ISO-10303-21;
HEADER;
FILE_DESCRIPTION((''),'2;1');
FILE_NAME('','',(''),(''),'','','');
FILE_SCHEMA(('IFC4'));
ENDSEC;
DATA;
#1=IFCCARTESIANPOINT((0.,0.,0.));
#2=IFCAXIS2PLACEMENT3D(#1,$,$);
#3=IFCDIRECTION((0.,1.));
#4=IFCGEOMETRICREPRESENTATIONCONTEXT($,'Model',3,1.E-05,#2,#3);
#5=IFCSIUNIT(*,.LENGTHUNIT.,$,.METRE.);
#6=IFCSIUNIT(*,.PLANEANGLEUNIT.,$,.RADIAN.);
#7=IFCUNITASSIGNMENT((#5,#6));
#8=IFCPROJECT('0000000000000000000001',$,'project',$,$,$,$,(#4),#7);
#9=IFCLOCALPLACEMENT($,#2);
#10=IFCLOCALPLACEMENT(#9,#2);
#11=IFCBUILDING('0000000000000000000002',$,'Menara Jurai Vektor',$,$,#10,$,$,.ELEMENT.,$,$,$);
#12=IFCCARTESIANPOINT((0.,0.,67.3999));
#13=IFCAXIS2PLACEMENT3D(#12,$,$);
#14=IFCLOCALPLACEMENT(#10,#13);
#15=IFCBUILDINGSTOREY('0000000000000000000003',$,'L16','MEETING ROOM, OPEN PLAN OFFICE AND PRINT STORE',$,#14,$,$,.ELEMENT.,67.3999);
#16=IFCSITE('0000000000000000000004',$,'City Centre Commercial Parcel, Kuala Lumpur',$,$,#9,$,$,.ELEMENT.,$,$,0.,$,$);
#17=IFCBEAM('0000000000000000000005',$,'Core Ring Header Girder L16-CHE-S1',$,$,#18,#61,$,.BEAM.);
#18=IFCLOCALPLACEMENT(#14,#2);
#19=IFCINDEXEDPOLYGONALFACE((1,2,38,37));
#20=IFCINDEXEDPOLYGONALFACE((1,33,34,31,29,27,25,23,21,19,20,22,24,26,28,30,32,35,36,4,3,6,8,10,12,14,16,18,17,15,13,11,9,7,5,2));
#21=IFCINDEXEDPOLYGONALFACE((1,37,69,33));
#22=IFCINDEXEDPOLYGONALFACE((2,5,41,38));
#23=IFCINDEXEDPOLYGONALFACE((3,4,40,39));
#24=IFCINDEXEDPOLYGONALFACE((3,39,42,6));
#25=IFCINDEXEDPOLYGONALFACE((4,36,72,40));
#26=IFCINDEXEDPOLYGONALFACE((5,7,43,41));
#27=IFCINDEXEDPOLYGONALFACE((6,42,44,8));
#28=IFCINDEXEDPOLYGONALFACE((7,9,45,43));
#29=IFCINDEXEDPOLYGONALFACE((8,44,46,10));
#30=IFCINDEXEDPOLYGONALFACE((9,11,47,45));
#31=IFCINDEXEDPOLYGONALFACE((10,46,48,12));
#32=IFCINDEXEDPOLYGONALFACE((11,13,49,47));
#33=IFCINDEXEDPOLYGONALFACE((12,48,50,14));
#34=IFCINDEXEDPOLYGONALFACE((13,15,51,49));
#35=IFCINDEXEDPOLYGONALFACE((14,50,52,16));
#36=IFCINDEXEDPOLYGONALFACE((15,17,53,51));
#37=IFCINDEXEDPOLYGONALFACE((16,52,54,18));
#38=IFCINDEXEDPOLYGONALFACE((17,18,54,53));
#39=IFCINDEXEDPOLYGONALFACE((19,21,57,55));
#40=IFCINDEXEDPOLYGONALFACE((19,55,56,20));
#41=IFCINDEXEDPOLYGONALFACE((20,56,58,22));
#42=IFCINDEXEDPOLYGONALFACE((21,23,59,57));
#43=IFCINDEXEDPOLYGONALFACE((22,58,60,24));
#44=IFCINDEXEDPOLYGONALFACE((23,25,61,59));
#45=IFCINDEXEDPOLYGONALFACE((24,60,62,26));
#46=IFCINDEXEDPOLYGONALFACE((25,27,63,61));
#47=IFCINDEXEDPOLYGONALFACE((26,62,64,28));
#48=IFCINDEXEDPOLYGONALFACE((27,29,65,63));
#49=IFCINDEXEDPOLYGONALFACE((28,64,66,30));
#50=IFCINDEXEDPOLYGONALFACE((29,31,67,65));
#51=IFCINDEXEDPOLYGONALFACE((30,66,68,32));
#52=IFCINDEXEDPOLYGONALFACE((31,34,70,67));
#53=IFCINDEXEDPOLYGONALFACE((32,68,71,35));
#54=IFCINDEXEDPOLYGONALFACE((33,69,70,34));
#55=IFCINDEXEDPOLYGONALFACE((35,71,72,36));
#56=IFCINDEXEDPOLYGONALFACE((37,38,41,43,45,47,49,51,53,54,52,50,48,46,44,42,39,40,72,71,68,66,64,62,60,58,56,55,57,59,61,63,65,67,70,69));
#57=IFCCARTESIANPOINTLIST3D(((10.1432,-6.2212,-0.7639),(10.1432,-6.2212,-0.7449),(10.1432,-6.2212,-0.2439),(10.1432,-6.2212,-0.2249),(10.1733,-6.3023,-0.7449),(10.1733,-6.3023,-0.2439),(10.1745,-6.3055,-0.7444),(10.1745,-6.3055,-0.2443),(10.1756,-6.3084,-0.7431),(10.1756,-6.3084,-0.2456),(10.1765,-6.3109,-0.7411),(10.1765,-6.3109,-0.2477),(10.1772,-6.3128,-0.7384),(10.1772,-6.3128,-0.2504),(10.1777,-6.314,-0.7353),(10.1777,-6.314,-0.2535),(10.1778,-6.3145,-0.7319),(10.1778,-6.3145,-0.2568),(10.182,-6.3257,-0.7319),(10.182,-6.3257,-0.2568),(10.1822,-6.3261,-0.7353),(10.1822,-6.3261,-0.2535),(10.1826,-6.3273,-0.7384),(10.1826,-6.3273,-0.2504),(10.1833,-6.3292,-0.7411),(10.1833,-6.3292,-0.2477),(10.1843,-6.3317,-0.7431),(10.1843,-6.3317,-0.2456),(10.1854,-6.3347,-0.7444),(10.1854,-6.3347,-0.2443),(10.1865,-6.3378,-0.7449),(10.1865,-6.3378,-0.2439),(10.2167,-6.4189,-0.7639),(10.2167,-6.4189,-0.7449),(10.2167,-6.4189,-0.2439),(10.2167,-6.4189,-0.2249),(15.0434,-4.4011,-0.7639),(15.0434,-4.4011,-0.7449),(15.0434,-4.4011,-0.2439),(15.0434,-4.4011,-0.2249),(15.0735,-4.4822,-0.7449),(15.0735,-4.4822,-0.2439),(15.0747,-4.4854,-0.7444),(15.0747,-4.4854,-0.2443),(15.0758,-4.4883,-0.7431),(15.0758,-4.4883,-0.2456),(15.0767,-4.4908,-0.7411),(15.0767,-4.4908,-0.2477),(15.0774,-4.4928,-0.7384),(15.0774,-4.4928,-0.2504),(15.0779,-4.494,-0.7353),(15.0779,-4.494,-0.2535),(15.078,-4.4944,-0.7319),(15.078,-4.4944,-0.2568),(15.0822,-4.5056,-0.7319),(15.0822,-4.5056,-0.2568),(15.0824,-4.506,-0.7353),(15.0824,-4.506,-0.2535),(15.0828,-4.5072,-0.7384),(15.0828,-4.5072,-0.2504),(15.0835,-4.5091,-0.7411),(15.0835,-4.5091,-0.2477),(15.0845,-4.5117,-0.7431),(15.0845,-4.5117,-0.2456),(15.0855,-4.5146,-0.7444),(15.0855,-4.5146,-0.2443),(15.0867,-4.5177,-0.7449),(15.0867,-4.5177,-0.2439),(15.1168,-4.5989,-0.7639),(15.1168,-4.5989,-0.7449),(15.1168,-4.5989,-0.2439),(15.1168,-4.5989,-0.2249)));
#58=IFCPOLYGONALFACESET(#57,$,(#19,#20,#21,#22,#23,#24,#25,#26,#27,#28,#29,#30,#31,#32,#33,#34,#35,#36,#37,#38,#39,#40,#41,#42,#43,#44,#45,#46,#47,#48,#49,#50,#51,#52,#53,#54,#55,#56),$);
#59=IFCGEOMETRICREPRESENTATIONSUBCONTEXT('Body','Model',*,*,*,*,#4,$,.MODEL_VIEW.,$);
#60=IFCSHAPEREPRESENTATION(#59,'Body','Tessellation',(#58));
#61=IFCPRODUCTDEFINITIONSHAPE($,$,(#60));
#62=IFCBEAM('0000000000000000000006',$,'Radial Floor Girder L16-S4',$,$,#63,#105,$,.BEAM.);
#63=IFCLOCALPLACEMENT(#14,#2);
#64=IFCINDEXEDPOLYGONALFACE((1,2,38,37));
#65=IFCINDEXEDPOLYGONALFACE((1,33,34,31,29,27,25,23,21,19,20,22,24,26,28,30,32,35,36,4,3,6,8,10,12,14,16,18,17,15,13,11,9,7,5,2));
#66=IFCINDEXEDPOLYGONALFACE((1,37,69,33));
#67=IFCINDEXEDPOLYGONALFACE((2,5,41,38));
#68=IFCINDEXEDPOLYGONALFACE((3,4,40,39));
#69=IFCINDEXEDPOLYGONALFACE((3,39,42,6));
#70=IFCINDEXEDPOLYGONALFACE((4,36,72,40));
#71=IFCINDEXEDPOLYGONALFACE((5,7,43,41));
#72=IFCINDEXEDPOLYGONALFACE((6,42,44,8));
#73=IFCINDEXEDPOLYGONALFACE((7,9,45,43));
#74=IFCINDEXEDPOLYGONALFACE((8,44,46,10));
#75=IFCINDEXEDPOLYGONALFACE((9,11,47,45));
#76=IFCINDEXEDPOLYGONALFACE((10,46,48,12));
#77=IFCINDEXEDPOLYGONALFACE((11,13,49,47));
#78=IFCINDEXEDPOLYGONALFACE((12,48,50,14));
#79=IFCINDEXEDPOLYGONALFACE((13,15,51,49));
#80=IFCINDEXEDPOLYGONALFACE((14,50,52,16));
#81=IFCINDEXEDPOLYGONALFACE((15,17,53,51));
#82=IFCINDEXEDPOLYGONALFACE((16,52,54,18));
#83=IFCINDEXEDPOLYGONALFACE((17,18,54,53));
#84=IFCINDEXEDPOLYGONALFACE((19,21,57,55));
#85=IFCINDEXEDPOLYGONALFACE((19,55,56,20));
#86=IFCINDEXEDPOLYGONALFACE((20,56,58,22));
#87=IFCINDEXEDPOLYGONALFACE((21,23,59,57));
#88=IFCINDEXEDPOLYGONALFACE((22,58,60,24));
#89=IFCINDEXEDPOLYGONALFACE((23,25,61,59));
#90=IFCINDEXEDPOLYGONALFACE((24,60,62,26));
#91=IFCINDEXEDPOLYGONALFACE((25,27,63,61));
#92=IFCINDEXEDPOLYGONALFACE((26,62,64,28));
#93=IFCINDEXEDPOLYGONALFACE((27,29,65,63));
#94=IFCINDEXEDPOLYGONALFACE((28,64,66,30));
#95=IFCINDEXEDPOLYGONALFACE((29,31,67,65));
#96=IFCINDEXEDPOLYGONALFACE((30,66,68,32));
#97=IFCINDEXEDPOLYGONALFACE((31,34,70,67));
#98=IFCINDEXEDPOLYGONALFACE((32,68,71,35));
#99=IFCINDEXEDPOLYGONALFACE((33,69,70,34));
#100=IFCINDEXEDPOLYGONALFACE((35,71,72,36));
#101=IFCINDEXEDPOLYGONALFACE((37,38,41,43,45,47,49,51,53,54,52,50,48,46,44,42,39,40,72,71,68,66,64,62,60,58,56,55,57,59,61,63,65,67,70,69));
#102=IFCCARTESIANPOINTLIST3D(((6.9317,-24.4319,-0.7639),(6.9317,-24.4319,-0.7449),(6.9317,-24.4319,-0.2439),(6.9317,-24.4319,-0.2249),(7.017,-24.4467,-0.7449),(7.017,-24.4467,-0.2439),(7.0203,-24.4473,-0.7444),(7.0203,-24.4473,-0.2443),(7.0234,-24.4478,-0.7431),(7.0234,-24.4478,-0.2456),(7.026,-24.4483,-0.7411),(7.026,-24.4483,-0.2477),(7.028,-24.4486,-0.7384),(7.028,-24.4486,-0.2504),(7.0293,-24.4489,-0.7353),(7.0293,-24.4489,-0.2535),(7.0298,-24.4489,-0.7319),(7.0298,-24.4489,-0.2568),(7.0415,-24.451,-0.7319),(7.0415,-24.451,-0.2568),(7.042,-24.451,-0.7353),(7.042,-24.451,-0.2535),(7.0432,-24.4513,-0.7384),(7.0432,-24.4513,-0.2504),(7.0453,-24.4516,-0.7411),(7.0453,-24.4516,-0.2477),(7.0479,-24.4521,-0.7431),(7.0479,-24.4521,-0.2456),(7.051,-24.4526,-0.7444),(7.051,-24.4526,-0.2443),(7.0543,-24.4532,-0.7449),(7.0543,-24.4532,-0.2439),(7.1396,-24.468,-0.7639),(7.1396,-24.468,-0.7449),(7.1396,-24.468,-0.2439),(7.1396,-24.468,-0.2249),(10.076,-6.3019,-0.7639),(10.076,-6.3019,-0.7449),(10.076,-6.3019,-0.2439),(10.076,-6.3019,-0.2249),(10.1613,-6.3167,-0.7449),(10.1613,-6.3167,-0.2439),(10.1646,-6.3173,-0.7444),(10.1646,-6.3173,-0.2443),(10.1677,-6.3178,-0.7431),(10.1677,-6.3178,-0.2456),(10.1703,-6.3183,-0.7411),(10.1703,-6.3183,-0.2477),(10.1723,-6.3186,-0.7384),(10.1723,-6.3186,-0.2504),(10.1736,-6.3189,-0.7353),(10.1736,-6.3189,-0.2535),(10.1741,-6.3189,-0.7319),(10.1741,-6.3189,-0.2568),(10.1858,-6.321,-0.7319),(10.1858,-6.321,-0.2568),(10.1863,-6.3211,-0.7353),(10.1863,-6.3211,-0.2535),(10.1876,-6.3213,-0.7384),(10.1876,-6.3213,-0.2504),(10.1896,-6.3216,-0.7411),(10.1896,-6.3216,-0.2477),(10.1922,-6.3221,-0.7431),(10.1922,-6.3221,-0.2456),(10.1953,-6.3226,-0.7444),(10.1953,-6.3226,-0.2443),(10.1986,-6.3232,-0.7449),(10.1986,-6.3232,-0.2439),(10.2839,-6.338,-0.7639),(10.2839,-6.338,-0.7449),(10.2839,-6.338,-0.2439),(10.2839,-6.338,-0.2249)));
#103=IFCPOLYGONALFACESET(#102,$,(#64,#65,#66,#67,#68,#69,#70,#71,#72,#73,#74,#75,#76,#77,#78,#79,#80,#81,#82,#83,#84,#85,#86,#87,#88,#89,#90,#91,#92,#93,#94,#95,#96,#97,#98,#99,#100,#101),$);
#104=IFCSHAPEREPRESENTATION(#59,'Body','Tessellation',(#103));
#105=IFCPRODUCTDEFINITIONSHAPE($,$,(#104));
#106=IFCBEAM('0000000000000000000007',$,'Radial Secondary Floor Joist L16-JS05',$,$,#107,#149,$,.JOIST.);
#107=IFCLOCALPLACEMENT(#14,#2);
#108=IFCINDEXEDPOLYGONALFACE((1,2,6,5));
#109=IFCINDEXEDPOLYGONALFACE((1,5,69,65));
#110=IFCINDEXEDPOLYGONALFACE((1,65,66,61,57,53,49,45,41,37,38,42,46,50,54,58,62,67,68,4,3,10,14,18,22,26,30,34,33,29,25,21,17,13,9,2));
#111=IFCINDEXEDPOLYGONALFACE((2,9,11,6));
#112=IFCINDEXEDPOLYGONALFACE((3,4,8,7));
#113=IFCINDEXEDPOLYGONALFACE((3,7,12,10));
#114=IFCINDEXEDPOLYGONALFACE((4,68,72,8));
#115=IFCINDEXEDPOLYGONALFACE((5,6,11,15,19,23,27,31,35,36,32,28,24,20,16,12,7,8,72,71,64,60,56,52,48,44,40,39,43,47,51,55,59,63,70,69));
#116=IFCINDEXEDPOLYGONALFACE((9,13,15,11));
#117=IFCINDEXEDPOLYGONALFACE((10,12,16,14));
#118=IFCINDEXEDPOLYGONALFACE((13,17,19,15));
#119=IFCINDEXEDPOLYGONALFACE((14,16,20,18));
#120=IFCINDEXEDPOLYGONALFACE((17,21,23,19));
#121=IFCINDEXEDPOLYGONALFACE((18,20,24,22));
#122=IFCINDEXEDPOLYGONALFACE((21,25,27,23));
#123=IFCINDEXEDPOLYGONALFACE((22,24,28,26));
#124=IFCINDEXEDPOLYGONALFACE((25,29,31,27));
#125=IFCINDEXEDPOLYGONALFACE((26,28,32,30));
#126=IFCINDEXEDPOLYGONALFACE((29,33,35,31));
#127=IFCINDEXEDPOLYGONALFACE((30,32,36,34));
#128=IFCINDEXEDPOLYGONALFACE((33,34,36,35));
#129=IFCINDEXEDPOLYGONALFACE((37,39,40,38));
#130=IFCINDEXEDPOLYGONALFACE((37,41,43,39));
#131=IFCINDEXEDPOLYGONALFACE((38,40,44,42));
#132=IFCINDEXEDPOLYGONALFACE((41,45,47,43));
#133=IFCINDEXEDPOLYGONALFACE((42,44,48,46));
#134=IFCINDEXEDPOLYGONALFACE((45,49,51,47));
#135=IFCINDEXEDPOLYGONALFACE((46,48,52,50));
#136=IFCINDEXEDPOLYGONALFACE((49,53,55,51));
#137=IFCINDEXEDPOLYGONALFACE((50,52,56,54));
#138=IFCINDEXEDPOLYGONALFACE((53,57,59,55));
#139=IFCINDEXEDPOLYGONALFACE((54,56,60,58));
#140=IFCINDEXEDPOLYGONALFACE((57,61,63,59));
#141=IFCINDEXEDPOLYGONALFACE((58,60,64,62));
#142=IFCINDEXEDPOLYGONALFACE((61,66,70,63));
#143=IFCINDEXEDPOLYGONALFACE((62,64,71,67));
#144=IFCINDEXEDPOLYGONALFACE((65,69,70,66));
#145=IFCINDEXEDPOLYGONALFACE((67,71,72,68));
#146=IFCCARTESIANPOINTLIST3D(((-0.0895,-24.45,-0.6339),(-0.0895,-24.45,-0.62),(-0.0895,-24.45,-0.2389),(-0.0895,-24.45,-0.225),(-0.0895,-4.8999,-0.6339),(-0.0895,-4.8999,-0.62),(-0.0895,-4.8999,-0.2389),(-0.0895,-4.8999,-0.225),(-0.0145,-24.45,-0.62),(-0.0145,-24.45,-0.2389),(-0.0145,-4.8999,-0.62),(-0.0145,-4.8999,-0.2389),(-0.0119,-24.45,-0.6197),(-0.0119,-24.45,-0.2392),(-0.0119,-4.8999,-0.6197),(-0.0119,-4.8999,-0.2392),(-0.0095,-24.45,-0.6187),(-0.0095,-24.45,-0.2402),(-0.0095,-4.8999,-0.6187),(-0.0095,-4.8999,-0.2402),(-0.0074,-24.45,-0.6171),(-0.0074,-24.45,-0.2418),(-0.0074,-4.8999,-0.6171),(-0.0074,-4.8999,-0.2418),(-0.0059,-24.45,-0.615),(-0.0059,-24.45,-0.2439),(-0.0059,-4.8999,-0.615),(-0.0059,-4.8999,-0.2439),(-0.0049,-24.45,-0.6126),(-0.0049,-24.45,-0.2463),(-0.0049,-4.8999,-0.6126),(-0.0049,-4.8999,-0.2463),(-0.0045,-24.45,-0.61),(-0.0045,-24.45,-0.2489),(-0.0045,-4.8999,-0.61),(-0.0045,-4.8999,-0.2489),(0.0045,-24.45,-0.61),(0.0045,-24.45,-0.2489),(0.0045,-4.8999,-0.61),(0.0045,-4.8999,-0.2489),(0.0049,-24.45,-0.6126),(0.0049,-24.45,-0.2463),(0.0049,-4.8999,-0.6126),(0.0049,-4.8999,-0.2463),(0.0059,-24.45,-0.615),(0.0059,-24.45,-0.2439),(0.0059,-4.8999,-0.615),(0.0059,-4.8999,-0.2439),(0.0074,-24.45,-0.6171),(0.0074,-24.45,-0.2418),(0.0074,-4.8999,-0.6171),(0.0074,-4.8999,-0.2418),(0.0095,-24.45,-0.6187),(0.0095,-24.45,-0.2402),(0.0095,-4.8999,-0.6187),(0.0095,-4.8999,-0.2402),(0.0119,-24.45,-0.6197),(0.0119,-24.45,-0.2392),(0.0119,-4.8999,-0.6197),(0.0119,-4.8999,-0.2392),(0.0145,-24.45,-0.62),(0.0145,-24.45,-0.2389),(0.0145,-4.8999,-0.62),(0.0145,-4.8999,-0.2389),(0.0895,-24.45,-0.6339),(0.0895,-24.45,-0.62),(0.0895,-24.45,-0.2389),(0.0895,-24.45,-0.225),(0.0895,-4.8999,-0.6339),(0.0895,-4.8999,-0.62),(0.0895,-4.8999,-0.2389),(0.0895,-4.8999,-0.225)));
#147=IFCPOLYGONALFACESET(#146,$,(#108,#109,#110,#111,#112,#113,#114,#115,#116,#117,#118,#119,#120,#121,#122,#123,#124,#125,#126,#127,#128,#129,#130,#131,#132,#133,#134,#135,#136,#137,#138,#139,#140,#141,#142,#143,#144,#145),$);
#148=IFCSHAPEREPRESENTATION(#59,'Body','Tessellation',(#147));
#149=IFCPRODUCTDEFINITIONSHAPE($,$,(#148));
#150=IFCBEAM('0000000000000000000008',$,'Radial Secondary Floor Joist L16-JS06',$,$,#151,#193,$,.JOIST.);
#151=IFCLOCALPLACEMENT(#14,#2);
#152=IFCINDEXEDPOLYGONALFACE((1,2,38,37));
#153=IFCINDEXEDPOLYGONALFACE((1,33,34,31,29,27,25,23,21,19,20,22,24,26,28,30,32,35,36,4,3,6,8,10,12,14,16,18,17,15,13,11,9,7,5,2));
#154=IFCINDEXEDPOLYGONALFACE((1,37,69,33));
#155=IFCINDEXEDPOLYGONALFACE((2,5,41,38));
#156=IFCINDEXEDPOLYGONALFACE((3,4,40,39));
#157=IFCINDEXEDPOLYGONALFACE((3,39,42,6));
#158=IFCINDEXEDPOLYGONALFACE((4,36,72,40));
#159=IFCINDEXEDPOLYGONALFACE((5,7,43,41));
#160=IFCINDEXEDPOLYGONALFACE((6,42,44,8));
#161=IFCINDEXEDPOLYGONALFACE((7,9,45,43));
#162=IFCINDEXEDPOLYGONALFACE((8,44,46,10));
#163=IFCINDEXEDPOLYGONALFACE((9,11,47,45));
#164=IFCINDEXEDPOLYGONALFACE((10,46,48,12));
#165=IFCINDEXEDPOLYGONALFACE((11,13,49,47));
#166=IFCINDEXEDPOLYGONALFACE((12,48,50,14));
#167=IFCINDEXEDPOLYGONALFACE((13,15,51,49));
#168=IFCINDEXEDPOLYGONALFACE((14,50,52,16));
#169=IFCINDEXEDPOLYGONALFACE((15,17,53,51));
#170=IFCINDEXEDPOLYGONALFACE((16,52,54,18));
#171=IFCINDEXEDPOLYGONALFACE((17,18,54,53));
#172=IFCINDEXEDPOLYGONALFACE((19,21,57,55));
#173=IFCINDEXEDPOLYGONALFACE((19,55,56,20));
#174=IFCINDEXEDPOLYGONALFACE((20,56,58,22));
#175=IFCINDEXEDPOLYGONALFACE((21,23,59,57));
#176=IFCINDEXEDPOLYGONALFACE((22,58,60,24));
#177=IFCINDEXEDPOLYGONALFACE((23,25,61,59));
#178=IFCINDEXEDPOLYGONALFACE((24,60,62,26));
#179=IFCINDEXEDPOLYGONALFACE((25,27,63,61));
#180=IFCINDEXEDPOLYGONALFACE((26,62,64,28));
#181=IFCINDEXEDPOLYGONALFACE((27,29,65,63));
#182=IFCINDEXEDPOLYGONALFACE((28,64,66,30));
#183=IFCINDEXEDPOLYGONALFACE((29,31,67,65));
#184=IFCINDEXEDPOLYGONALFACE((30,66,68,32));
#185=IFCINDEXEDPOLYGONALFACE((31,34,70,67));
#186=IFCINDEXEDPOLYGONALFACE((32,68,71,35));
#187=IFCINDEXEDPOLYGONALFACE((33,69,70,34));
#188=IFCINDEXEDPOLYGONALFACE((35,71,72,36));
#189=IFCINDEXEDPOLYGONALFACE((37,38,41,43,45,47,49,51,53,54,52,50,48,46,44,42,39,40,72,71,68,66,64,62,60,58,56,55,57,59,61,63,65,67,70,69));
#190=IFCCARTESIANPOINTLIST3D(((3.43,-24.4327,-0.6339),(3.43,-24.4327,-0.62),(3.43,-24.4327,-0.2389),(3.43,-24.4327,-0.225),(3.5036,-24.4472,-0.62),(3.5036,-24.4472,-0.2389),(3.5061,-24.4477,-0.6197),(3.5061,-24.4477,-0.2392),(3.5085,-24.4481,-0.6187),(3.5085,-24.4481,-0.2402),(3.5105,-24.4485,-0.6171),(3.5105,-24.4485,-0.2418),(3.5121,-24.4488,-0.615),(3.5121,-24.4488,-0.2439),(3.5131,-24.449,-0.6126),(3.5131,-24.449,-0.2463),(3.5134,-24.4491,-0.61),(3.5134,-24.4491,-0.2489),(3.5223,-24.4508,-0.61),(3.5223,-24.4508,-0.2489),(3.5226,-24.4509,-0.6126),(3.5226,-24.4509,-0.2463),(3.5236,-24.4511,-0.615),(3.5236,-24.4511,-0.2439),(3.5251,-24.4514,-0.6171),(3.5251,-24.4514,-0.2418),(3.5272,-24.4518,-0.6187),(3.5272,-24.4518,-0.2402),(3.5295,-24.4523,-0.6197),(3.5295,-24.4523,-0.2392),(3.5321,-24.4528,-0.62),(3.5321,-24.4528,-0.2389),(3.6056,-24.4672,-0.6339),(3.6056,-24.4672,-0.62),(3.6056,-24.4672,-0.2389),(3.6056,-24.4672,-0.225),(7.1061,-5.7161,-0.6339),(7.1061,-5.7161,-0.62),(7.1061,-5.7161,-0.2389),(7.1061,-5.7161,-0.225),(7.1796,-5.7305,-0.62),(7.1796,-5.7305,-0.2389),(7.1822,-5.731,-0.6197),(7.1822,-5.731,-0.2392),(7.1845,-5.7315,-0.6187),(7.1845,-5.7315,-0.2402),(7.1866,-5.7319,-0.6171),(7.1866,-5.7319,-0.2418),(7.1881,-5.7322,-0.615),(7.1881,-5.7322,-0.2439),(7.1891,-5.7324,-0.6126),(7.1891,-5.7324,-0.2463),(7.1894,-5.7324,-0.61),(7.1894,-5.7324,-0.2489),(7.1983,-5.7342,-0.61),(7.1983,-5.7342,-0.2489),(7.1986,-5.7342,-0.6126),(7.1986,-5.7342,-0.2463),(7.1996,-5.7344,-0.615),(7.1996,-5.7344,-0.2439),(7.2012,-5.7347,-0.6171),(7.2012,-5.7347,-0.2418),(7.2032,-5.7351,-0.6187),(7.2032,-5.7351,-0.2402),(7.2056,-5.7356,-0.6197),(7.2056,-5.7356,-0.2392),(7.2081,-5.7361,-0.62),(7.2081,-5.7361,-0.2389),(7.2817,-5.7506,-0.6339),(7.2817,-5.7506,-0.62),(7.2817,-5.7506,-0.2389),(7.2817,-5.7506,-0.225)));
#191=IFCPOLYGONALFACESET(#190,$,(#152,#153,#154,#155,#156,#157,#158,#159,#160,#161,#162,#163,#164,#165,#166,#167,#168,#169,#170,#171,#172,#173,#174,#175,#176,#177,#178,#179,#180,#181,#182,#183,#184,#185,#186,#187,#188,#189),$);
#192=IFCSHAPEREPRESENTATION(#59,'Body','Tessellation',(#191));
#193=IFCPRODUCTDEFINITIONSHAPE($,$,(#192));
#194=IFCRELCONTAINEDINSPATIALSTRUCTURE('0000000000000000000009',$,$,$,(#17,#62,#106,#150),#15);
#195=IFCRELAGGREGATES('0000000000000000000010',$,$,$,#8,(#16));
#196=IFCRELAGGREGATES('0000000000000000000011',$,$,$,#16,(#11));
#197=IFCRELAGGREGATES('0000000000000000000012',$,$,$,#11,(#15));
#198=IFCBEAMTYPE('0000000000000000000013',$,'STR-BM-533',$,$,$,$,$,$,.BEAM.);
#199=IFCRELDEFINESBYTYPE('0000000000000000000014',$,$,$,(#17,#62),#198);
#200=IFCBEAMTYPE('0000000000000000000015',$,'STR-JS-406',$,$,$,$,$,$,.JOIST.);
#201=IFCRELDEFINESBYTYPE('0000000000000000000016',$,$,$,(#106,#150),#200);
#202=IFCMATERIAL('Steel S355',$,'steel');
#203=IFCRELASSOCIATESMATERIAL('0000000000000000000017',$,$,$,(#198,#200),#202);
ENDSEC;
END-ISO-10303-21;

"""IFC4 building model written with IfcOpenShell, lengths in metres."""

from ifc_helpers import new_model, si_unit, direction, frame, origin, origin_2d, place, context, subcontext, project, spatial, i_section, extrude, material, material_profile, profile_set, type_object, element, save


model = new_model("IFC4")

# Units and contexts
model_context = context("Model", 3, precision=1e-05, world=origin(), true_north=direction((0.0, 1.0)))
body_context = subcontext(model_context, "Body", "Model", "MODEL_VIEW")
ifc_project = project(units=[si_unit("LENGTHUNIT", "METRE"), si_unit("PLANEANGLEUNIT", "RADIAN")], contexts=[model_context])

# Site, building, storey
site_placement = place(None, origin())
site = spatial("IfcSite", under=ifc_project, at=site_placement, Name="City Centre Commercial Parcel, Kuala Lumpur", CompositionType="ELEMENT", RefElevation=0.0)
building_placement = place(site_placement, origin())
building = spatial("IfcBuilding", under=site, at=building_placement, Name="Menara Jurai Vektor", CompositionType="ELEMENT")
storey_placement = place(building_placement, frame((0.0, 0.0, 67.3999)))
storey = spatial("IfcBuildingStorey", under=building, at=storey_placement, Name="L16", Description="MEETING ROOM, OPEN PLAN OFFICE AND PRINT STORE", CompositionType="ELEMENT", Elevation=67.3999)

# Beams
ifc_material_1 = material(Name="Steel S355", Category="steel")
ifc_material_profile_1 = material_profile(ifc_material_1, i_section(OverallWidth=0.2109, OverallDepth=0.5391, WebThickness=0.012, FlangeThickness=0.019, FilletRadius=0.0129, at=origin_2d()), Name="UKB 533x210x109")
ifc_profile_set_1 = profile_set([ifc_material_profile_1], Name="Steel S355")
beam_type_1 = type_object("IfcBeamType", Name="STR-BM-533", PredefinedType="BEAM", material=ifc_profile_set_1)
beam_1_placement = place(storey_placement, frame((10.1799, -6.3201, -0.4944), z_axis=(0.937424, 0.348189, 0.0), x_axis=(-0.348189, 0.937424, 0.0)))
element("IfcBeam", 1, at=beam_1_placement, inside=storey, type_object=beam_type_1, Name="Core Ring Header Girder L16-CHE-S1", PredefinedType="BEAM", context=body_context, shape_type="SweptSolid", body=[
    extrude(i_section(OverallWidth=0.2109, OverallDepth=0.5391, WebThickness=0.012, FlangeThickness=0.019, FilletRadius=0.0129, at=origin_2d()), origin(), (0.0, 0.0, 1.0), 5.2273),
])
beam_2_placement = place(storey_placement, frame((7.0356, -24.45, -0.4944), z_axis=(0.17088, 0.985292, 0.0), x_axis=(-0.985292, 0.17088, 0.0)))
element("IfcBeam", 2, at=beam_2_placement, inside=storey, type_object=beam_type_1, Name="Radial Floor Girder L16-S4", PredefinedType="BEAM", context=body_context, shape_type="SweptSolid", body=[
    extrude(i_section(OverallWidth=0.2109, OverallDepth=0.5391, WebThickness=0.012, FlangeThickness=0.019, FilletRadius=0.0129, at=origin_2d()), origin(), (0.0, 0.0, 1.0), 18.4006),
])
ifc_material_profile_2 = material_profile(ifc_material_1, i_section(OverallWidth=0.179, OverallDepth=0.4089, WebThickness=0.009, FlangeThickness=0.0139, FilletRadius=0.01, at=origin_2d()), Name="UKB 406x178x67")
ifc_profile_set_2 = profile_set([ifc_material_profile_2], Name="Steel S355")
beam_type_2 = type_object("IfcBeamType", Name="STR-JS-406", PredefinedType="JOIST", material=ifc_profile_set_2)
beam_3_placement = place(storey_placement, frame((0.0, -24.45, -0.4294), z_axis=(0.0, 1.0, 0.0), x_axis=(-1.0, 0.0, 0.0)))
element("IfcBeam", 3, at=beam_3_placement, inside=storey, type_object=beam_type_2, Name="Radial Secondary Floor Joist L16-JS05", PredefinedType="JOIST", context=body_context, shape_type="SweptSolid", body=[
    extrude(i_section(OverallWidth=0.179, OverallDepth=0.4089, WebThickness=0.009, FlangeThickness=0.0139, FilletRadius=0.01, at=origin_2d()), origin(), (0.0, 0.0, 1.0), 19.55),
])
beam_4_placement = place(storey_placement, frame((3.5178, -24.45, -0.4294), z_axis=(0.192723, 0.981253, 0.0), x_axis=(-0.981253, 0.192723, 0.0)))
element("IfcBeam", 4, at=beam_4_placement, inside=storey, type_object=beam_type_2, Name="Radial Secondary Floor Joist L16-JS06", PredefinedType="JOIST", context=body_context, shape_type="SweptSolid", body=[
    extrude(i_section(OverallWidth=0.179, OverallDepth=0.4089, WebThickness=0.009, FlangeThickness=0.0139, FilletRadius=0.01, at=origin_2d()), origin(), (0.0, 0.0, 1.0), 19.0742),
])

save(model, "model.ifc")
